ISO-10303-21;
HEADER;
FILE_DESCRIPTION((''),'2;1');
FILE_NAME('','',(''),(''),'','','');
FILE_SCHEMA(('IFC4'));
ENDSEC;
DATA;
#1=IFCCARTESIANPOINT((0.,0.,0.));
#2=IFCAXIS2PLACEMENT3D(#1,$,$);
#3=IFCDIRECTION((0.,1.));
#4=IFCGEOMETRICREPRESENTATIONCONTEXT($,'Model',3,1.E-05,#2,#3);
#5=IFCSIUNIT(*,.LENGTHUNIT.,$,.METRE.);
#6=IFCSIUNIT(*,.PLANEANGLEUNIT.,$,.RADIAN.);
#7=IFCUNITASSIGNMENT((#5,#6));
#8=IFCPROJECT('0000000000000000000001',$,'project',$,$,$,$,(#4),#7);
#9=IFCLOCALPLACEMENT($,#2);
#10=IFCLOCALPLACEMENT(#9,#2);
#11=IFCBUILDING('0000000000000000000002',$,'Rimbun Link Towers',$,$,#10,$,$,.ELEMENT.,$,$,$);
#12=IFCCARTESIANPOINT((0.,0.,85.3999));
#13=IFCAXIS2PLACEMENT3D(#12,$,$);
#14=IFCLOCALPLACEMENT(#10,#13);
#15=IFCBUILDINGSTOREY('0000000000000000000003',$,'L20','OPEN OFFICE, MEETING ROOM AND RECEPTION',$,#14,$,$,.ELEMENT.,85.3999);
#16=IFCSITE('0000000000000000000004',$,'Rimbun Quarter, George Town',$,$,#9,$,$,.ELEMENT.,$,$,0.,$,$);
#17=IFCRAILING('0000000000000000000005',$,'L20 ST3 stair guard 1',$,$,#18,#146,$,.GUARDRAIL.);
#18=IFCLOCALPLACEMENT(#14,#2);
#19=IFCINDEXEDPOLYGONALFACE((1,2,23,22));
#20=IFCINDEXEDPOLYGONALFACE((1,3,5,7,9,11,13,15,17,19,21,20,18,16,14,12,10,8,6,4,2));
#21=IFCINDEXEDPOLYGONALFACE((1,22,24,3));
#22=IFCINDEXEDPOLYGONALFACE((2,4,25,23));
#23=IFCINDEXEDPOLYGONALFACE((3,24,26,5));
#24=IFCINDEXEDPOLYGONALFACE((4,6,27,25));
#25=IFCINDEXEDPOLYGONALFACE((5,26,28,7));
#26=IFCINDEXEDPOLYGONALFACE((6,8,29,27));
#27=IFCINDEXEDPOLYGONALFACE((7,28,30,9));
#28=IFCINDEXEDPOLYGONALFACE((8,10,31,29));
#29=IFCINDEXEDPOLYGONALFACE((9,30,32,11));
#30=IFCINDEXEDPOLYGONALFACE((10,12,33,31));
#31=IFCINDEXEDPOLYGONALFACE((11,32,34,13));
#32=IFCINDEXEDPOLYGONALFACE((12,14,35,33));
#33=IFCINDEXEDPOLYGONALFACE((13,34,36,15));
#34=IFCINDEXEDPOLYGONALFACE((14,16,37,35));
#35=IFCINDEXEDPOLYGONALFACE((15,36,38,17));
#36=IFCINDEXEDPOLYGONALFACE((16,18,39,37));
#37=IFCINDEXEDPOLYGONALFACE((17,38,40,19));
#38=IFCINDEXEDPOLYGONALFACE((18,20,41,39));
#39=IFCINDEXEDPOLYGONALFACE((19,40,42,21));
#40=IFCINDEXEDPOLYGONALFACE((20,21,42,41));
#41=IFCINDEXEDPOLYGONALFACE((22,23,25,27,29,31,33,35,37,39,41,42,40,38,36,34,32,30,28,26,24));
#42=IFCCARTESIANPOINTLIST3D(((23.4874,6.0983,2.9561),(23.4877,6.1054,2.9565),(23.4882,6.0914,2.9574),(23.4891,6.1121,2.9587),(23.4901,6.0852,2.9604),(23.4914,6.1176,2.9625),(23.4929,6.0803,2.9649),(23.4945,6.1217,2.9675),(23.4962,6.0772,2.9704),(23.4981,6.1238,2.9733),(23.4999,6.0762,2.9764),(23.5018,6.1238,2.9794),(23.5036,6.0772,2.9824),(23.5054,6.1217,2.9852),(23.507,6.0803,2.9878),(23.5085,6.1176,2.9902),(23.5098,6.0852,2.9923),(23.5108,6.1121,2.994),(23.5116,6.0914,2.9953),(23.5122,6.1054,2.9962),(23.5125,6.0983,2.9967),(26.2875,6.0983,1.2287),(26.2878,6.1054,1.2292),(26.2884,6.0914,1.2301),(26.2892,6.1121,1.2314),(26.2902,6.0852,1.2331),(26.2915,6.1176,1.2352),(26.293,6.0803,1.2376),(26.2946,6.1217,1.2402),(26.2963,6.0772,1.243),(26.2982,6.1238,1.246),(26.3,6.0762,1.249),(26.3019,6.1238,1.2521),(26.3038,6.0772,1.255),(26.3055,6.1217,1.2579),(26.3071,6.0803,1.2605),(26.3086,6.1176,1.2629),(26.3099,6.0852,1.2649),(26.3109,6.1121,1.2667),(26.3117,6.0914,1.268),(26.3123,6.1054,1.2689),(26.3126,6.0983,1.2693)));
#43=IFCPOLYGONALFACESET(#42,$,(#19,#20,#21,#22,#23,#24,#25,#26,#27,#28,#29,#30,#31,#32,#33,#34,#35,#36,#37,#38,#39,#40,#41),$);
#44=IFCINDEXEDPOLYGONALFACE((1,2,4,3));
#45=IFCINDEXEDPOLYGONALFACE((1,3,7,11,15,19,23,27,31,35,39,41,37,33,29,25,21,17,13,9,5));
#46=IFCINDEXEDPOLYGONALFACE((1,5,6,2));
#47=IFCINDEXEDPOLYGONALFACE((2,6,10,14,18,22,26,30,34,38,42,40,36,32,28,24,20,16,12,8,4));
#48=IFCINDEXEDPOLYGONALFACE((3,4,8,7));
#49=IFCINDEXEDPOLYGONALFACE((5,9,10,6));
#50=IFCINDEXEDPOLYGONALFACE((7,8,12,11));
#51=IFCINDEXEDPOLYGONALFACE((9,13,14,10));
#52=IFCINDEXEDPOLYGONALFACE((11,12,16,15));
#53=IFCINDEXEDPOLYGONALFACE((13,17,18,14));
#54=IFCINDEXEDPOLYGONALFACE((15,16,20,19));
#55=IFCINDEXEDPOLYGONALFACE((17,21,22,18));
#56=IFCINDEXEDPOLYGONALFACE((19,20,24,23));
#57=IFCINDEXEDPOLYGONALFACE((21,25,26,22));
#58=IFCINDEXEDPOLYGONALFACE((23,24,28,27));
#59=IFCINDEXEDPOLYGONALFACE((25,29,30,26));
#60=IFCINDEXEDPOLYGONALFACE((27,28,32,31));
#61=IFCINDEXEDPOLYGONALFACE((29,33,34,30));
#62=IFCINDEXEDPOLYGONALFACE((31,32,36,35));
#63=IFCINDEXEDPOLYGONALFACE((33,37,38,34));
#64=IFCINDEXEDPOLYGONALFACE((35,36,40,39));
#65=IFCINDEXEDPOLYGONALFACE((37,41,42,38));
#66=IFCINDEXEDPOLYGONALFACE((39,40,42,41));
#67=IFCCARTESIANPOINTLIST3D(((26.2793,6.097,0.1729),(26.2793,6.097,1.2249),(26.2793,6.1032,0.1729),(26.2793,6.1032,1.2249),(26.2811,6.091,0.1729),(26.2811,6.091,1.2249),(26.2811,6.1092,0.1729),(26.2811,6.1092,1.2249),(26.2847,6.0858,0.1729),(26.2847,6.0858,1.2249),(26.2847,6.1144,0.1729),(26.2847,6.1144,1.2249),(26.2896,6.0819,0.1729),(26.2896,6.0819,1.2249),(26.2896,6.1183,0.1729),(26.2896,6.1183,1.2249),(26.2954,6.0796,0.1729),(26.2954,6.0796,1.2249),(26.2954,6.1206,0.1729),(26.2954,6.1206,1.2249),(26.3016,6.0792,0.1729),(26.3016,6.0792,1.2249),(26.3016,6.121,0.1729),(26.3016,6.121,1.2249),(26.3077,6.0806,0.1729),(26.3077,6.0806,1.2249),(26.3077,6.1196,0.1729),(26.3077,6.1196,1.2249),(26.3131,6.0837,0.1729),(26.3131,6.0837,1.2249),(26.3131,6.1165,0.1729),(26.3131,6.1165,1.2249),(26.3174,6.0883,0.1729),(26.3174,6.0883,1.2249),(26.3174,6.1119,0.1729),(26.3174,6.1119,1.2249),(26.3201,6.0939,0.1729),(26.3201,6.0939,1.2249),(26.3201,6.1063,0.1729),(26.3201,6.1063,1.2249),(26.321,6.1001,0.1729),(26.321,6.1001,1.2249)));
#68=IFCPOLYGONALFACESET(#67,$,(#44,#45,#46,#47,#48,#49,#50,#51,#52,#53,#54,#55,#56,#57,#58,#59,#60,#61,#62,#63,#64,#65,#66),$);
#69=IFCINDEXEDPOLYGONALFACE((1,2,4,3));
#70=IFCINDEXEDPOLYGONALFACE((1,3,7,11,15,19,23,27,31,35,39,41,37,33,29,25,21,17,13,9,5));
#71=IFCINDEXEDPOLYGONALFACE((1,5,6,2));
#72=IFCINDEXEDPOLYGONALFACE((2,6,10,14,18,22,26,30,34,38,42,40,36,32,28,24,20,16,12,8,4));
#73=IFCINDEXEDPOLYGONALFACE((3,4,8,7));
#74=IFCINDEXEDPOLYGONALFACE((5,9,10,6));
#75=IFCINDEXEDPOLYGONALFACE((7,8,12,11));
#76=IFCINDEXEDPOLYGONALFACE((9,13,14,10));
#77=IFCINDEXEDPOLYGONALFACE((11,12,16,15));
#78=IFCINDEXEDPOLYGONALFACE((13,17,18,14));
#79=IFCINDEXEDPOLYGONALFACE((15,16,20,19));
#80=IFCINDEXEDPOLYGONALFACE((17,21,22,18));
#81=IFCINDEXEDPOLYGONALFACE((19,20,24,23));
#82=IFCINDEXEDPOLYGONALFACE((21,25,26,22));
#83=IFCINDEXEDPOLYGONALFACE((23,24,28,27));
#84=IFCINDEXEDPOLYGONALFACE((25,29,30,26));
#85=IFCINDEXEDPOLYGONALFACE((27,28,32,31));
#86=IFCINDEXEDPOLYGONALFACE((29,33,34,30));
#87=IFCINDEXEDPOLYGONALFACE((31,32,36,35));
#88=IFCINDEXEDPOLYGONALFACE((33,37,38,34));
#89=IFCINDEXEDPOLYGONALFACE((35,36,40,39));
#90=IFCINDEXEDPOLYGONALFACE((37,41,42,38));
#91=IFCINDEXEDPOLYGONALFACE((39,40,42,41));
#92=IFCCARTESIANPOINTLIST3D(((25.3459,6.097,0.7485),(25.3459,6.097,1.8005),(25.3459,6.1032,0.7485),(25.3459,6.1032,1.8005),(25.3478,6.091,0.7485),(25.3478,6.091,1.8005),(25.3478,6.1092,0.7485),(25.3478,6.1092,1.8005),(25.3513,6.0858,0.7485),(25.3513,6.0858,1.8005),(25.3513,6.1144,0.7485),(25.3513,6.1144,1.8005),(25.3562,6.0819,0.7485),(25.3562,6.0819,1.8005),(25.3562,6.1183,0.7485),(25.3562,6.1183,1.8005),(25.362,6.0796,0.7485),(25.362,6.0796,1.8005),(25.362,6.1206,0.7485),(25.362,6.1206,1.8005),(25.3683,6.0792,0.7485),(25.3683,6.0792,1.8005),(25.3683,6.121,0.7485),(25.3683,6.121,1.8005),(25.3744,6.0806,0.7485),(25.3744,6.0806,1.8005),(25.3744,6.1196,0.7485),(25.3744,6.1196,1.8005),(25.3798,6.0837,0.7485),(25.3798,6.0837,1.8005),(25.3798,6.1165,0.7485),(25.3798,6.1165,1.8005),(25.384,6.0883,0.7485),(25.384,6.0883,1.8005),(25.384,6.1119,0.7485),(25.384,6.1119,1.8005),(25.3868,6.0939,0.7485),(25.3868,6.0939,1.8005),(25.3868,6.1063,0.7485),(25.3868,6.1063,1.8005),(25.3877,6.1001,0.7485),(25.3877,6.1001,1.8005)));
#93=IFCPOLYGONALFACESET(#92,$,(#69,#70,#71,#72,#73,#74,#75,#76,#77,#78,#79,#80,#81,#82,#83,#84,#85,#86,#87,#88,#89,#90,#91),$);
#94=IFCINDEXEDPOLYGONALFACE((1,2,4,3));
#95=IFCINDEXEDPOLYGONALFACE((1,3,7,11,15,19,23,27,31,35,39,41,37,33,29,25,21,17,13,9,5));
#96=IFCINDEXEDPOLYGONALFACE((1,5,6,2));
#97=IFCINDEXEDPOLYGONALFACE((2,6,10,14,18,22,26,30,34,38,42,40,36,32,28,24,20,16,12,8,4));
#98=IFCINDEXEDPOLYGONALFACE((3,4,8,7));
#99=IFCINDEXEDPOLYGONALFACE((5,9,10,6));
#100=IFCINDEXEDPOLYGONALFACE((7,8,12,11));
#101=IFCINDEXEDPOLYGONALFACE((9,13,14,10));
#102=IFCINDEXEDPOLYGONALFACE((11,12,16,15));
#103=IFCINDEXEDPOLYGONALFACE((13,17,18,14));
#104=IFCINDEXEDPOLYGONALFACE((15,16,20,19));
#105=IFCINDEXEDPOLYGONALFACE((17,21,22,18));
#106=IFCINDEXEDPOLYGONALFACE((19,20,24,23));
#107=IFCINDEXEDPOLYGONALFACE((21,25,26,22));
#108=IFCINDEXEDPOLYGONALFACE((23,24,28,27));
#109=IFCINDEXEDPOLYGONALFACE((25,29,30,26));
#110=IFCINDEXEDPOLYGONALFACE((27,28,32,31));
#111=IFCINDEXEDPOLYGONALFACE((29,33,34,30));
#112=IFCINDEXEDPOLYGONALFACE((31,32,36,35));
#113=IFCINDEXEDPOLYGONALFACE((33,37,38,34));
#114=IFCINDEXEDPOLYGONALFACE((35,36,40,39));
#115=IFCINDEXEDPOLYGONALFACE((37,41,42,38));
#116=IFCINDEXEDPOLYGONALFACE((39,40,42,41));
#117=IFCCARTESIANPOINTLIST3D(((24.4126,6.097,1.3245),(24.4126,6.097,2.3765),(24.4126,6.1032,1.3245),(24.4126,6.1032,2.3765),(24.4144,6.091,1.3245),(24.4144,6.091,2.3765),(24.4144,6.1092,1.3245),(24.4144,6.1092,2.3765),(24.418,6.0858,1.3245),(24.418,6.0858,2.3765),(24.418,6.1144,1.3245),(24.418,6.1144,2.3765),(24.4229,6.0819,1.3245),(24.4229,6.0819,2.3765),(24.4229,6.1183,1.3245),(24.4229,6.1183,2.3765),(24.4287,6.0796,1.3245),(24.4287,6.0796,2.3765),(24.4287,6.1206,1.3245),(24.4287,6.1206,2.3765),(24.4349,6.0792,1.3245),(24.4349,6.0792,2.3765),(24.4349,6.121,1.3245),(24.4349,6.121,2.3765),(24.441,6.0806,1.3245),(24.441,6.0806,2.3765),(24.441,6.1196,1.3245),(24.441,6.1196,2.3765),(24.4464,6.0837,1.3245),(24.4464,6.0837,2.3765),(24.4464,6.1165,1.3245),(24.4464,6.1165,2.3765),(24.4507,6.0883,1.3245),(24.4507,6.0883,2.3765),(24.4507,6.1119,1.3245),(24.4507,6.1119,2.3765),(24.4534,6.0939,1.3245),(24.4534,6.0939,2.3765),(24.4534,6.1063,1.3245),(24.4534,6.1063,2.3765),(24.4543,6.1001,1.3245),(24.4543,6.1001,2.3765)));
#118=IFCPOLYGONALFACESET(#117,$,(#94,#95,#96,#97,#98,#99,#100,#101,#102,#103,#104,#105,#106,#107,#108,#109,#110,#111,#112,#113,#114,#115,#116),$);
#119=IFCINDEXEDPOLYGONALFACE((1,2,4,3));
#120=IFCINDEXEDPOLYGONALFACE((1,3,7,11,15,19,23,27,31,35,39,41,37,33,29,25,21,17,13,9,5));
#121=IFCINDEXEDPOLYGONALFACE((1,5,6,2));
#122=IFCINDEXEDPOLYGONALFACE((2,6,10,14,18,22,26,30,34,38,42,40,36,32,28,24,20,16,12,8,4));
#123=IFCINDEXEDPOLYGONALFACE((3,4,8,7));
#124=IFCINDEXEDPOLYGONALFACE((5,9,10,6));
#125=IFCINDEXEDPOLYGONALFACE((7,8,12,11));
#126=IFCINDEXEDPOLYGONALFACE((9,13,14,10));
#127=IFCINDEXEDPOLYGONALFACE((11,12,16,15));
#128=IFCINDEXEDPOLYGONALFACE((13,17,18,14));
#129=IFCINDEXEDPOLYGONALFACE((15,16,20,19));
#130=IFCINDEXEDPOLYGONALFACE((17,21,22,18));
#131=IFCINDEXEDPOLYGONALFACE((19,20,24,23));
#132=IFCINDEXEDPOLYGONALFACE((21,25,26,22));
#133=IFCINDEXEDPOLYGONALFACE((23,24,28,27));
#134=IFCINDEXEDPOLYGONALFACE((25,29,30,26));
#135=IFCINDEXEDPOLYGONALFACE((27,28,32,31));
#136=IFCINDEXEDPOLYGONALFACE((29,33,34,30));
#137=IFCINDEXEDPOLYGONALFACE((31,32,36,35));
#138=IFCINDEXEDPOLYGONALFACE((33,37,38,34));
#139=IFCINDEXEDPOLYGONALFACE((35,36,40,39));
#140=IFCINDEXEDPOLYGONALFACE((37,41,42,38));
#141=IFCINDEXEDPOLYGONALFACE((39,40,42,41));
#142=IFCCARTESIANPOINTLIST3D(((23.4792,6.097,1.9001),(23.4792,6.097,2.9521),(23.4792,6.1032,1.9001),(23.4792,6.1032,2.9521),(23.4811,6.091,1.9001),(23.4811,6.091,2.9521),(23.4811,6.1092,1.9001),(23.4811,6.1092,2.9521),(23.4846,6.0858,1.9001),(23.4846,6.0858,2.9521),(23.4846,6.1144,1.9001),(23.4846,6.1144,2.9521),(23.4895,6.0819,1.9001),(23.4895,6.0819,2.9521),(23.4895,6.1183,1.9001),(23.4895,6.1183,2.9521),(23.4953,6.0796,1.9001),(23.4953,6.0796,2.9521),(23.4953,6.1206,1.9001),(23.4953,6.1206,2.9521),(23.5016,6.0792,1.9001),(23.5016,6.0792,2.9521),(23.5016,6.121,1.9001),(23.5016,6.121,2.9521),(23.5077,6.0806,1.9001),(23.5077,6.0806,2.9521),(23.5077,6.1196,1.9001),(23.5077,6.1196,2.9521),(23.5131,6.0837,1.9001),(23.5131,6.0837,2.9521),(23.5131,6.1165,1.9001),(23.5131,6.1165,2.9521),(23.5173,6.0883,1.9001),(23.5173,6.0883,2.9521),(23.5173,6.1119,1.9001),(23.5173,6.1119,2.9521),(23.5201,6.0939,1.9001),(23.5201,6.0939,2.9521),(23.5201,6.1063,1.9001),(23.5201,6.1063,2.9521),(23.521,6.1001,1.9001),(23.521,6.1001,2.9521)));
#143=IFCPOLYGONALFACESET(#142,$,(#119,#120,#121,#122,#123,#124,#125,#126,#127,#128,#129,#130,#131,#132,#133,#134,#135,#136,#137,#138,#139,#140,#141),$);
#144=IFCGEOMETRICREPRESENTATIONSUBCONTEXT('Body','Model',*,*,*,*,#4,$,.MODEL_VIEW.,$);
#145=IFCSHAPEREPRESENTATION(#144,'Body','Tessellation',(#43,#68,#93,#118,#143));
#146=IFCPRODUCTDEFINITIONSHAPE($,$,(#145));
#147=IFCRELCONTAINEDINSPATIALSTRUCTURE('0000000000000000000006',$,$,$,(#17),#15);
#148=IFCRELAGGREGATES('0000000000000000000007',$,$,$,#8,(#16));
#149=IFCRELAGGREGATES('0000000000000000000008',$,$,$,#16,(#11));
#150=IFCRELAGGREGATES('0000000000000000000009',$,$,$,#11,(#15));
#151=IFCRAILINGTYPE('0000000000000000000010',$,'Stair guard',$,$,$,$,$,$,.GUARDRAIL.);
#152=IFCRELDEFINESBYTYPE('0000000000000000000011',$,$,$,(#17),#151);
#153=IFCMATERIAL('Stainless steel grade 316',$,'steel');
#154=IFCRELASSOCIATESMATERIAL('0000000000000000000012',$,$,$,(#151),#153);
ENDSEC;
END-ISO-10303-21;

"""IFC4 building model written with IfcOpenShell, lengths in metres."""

from ifc_helpers import new_model, si_unit, direction, frame, origin, origin_2d, place, context, subcontext, project, spatial, circle, extrude, material, type_object, element, save


model = new_model("IFC4")

# Units and contexts
model_context = context("Model", 3, precision=1e-05, world=origin(), true_north=direction((0.0, 1.0)))
body_context = subcontext(model_context, "Body", "Model", "MODEL_VIEW")
ifc_project = project(units=[si_unit("LENGTHUNIT", "METRE"), si_unit("PLANEANGLEUNIT", "RADIAN")], contexts=[model_context])

# Site, building, storey
site_placement = place(None, origin())
site = spatial("IfcSite", under=ifc_project, at=site_placement, Name="Rimbun Quarter, George Town", CompositionType="ELEMENT", RefElevation=0.0)
building_placement = place(site_placement, origin())
building = spatial("IfcBuilding", under=site, at=building_placement, Name="Rimbun Link Towers", CompositionType="ELEMENT")
storey_placement = place(building_placement, frame((0.0, 0.0, 85.3999)))
storey = spatial("IfcBuildingStorey", under=building, at=storey_placement, Name="L20", Description="OPEN OFFICE, MEETING ROOM AND RECEPTION", CompositionType="ELEMENT", Elevation=85.3999)

# Railing
ifc_material_1 = material(Name="Stainless steel grade 316", Category="steel")
railing_type_1 = type_object("IfcRailingType", Name="Stair guard", PredefinedType="GUARDRAIL", material=ifc_material_1)
railing_1_placement = place(storey_placement, frame((26.3, 6.1001, 0.1729)))
element("IfcRailing", 1, at=railing_1_placement, inside=storey, type_object=railing_type_1, Name="L20 ST3 stair guard 1", PredefinedType="GUARDRAIL", context=body_context, shape_type="SweptSolid", body=[
    extrude(circle(Radius=0.0239, at=origin_2d()), frame((0.0, 0.0, 1.0762), z_axis=(-0.85109, 0.0, 0.52502), x_axis=(0.0, -1.0, 0.0)), (0.0, 0.0, 1.0), 3.29),
    extrude(circle(Radius=0.021, at=origin_2d()), origin(), (0.0, 0.0, 1.0), 1.052),
    extrude(circle(Radius=0.021, at=origin_2d()), frame((-0.9333, 0.0, 0.5757)), (0.0, 0.0, 1.0), 1.052),
    extrude(circle(Radius=0.021, at=origin_2d()), frame((-1.8667, 0.0, 1.1516)), (0.0, 0.0, 1.0), 1.052),
    extrude(circle(Radius=0.021, at=origin_2d()), frame((-2.8, 0.0, 1.7273)), (0.0, 0.0, 1.0), 1.052),
])

save(model, "model.ifc")
